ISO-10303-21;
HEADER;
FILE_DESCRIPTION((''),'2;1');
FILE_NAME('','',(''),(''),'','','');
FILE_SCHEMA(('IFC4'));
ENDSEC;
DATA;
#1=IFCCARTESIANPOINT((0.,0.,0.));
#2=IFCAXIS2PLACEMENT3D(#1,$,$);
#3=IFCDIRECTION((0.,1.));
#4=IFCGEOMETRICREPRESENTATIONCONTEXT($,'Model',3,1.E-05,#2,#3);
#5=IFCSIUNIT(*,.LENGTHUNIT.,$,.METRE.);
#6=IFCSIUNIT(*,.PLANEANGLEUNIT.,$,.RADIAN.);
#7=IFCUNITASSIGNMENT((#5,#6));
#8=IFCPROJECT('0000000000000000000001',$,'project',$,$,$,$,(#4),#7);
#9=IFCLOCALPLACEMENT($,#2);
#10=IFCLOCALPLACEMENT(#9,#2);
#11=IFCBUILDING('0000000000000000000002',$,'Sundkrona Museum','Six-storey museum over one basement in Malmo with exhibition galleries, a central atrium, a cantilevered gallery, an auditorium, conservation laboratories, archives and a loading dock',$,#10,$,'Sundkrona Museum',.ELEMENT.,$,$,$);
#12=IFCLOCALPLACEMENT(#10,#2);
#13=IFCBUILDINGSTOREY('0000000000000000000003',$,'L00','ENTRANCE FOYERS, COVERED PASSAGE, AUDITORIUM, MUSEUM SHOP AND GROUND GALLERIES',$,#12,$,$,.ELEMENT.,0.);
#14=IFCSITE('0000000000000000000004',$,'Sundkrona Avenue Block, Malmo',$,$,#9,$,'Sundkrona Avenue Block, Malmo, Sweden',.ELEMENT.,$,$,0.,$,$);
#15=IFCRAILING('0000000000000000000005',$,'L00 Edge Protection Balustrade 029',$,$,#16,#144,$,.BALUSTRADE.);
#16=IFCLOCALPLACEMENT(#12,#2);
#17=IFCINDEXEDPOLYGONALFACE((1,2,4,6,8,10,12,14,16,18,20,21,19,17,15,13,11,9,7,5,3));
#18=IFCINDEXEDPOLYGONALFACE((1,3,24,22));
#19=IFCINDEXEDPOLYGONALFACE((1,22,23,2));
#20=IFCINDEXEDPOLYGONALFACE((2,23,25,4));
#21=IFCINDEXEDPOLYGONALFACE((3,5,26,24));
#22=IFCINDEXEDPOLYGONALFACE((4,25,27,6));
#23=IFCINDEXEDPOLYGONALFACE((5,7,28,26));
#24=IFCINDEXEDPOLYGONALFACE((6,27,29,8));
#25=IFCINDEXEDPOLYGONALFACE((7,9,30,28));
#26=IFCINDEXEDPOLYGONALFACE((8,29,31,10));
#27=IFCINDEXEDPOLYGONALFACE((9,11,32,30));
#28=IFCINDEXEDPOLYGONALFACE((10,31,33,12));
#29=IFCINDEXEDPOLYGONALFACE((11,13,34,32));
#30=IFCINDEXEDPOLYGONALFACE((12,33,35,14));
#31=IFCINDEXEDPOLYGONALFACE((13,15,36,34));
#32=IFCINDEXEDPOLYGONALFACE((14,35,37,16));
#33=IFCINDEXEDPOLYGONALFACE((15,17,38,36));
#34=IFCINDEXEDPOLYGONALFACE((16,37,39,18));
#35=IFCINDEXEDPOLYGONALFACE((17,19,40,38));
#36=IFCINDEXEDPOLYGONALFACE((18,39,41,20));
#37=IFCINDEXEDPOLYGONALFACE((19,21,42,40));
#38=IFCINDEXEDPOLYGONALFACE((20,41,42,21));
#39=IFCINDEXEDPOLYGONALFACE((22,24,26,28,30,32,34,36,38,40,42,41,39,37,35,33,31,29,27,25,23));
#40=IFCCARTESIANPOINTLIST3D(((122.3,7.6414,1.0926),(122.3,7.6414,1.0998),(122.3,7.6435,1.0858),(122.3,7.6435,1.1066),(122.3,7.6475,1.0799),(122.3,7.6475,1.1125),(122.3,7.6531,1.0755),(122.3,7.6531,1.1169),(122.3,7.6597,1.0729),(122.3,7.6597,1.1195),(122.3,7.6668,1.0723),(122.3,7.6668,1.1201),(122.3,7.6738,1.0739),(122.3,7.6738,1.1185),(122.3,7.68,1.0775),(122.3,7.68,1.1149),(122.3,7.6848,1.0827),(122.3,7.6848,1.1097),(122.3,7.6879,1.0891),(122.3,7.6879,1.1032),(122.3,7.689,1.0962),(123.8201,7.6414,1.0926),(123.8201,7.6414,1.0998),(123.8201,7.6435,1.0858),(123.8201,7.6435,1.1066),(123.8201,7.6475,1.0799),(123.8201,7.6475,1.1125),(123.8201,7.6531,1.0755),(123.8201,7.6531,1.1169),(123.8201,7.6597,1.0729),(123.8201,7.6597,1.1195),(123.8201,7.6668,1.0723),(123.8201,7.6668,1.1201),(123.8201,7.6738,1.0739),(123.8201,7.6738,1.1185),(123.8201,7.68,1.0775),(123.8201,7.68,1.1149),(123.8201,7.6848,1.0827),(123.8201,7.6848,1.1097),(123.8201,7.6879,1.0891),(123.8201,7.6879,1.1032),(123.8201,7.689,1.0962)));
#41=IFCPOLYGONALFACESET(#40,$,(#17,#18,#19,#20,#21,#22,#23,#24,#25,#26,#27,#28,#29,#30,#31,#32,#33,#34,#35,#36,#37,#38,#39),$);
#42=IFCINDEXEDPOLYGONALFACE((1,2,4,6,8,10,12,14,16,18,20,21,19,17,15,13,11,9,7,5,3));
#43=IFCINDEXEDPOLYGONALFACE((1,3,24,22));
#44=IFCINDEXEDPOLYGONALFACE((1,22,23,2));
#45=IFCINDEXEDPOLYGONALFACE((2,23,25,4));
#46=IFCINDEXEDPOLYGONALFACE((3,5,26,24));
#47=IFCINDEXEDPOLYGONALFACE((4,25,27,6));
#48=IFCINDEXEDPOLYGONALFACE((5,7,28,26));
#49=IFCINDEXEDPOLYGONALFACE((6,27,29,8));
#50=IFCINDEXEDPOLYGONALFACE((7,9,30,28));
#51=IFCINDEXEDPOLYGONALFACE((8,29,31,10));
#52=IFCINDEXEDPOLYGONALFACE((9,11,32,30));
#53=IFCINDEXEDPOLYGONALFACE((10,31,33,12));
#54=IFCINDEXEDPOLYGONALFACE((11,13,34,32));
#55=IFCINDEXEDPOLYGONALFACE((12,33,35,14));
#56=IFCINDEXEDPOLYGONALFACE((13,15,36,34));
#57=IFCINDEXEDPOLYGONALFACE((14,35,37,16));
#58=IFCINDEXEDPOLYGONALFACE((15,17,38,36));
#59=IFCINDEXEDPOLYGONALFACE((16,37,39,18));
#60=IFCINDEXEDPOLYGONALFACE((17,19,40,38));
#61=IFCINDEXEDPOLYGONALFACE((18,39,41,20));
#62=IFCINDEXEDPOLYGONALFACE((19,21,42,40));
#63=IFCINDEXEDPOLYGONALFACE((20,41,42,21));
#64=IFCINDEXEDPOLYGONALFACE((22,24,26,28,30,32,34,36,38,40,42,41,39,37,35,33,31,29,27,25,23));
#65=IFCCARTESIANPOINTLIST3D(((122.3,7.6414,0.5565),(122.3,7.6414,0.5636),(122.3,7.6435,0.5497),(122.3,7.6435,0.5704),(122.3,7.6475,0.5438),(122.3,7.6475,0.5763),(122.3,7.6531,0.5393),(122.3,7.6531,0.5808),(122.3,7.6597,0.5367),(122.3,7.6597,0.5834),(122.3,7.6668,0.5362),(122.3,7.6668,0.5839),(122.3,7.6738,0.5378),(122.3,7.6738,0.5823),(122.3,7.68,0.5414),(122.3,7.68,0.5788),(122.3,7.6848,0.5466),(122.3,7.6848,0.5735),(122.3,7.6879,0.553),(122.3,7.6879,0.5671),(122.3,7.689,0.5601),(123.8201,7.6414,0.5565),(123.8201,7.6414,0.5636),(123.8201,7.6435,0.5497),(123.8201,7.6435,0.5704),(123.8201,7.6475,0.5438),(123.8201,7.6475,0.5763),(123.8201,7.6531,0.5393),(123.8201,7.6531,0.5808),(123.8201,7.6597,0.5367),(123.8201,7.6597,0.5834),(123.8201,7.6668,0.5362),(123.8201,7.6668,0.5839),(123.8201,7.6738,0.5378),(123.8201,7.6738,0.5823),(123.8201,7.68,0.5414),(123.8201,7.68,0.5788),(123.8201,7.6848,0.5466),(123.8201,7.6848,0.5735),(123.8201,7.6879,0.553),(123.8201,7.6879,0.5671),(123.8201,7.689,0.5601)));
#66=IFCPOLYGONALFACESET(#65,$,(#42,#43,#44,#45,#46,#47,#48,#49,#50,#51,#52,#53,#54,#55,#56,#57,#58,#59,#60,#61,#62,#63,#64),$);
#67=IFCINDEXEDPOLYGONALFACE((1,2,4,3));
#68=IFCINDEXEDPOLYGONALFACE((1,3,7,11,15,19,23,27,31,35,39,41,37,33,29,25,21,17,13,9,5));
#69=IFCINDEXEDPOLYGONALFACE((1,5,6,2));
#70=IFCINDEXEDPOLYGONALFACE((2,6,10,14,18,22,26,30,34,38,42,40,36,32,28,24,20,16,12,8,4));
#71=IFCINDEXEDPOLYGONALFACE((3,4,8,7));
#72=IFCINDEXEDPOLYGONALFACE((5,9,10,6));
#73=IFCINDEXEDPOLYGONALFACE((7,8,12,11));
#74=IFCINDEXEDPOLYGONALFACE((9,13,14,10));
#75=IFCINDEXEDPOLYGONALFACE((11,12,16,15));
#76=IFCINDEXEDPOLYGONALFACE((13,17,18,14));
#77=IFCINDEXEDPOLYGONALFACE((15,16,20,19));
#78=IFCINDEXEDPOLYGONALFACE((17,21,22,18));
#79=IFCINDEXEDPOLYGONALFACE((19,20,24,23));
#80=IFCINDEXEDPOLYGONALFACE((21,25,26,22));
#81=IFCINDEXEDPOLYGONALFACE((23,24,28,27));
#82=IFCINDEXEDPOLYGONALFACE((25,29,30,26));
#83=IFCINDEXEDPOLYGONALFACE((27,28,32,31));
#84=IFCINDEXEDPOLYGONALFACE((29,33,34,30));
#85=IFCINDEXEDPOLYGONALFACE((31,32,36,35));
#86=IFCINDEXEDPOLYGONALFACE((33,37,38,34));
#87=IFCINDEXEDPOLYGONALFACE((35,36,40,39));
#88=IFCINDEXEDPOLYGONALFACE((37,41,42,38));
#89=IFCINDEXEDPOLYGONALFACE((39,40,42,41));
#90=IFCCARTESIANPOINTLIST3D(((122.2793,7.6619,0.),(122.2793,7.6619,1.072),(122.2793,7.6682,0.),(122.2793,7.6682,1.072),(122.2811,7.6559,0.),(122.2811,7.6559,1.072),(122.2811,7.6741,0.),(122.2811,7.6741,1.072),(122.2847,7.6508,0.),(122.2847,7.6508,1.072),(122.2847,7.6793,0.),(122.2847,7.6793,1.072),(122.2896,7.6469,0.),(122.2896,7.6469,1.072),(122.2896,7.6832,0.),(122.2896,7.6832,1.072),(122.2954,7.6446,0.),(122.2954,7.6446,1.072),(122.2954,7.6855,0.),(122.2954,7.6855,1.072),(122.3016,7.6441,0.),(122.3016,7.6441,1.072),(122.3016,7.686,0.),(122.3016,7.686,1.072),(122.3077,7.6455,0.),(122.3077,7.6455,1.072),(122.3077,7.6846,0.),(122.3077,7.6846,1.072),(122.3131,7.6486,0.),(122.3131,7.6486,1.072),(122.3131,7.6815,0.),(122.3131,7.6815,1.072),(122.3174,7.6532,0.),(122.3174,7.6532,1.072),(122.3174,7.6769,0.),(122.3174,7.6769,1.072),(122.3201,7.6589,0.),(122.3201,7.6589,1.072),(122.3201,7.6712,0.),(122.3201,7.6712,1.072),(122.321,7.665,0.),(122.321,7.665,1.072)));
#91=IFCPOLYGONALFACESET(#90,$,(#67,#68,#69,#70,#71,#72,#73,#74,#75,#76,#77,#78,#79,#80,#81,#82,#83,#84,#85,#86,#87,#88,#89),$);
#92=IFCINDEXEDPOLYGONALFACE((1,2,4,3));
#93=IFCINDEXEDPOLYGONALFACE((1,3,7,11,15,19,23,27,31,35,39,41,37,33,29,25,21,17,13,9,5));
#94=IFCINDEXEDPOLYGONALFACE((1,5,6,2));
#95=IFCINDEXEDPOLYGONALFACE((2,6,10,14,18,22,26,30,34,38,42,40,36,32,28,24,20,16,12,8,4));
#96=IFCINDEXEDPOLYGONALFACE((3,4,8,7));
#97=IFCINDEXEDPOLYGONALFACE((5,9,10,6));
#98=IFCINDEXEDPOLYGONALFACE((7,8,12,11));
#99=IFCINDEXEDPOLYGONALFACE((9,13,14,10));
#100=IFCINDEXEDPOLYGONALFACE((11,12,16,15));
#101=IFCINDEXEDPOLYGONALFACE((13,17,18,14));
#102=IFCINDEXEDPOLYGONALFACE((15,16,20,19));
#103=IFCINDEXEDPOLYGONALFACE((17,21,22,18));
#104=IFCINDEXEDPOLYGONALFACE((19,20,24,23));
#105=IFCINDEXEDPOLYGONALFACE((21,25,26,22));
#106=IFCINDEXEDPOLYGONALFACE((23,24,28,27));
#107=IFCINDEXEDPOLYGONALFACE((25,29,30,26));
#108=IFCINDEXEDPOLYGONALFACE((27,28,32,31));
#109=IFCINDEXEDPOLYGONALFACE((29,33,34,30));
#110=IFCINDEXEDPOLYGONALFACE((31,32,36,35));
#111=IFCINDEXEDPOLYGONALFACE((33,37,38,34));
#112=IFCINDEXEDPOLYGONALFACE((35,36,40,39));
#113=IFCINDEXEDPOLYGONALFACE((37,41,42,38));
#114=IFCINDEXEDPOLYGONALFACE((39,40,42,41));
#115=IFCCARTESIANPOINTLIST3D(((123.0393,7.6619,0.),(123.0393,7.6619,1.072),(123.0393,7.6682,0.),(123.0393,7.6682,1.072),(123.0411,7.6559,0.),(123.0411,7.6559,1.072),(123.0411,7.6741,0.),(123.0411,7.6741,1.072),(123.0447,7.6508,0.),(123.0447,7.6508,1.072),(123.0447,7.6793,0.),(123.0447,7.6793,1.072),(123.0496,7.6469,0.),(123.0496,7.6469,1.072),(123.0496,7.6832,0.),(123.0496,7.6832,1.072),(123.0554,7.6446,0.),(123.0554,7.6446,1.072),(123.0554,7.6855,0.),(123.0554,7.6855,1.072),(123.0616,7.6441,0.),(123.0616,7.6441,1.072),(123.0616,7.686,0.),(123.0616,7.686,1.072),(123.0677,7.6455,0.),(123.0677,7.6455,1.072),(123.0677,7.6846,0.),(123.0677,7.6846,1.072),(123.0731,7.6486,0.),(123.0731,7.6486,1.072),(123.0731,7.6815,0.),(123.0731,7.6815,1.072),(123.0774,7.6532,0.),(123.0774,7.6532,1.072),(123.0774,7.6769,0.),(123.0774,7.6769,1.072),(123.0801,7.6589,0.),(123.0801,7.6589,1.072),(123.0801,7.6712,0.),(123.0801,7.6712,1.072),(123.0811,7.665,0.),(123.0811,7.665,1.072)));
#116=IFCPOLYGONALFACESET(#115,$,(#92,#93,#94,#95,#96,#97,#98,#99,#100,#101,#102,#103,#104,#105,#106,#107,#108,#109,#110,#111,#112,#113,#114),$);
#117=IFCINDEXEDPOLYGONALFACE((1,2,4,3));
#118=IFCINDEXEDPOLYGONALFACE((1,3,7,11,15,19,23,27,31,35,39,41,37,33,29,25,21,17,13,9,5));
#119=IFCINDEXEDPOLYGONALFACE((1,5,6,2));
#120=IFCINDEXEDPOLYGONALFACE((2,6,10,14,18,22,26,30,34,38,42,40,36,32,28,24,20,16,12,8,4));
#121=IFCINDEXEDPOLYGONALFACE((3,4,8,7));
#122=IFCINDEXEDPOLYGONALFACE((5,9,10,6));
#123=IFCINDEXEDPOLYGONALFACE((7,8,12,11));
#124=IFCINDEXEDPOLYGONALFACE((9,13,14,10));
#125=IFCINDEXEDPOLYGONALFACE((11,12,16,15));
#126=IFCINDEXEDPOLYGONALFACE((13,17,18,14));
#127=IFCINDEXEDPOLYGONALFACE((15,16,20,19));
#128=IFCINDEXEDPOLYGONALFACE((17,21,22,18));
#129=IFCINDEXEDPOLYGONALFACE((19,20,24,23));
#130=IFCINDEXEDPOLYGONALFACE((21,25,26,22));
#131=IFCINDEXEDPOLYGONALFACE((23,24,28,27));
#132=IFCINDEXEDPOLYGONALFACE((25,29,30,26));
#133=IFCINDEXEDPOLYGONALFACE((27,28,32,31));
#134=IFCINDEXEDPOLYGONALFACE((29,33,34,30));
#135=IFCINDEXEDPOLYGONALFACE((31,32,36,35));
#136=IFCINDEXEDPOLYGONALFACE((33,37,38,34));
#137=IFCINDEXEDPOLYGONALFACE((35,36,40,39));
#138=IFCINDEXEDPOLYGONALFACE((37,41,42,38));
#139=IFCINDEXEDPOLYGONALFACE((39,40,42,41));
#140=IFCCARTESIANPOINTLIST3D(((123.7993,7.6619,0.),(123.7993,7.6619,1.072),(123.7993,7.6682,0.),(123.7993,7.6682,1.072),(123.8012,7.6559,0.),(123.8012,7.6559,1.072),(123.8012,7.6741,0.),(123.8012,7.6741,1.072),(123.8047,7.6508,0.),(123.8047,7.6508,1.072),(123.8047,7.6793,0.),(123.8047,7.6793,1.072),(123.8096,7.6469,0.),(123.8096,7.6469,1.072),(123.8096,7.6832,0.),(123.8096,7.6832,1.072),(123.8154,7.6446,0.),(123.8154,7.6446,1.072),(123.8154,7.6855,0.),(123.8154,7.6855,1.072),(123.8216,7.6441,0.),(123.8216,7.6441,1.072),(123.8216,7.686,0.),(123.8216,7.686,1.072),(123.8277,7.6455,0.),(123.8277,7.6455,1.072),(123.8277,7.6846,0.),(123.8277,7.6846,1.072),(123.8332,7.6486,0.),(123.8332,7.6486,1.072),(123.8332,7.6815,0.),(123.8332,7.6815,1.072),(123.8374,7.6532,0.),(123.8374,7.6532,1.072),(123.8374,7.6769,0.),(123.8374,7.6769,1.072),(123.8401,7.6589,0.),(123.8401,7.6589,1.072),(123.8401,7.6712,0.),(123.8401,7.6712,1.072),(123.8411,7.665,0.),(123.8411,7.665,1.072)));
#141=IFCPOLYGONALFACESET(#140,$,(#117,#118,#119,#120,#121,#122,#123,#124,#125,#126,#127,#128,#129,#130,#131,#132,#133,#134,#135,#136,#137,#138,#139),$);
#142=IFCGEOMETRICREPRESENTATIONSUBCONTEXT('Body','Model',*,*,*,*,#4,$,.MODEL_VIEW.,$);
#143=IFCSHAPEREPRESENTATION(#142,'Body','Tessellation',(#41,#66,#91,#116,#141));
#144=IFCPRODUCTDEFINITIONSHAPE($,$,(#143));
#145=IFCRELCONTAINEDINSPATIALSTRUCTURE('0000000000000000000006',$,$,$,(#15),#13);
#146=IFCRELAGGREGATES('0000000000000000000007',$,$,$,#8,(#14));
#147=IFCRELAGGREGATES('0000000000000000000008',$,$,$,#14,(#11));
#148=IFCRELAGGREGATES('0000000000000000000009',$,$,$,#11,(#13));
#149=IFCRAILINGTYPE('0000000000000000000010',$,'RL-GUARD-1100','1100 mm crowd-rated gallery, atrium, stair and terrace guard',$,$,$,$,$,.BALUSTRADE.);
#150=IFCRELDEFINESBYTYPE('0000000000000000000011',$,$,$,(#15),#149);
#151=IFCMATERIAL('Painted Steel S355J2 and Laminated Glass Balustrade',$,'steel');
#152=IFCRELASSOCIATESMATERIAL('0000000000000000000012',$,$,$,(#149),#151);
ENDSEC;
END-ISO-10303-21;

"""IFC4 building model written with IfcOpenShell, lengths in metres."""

from ifc_helpers import new_model, si_unit, direction, frame, origin, origin_2d, place, context, subcontext, project, spatial, circle, extrude, material, type_object, element, save


model = new_model("IFC4")

# Units and contexts
model_context = context("Model", 3, precision=1e-05, world=origin(), true_north=direction((0.0, 1.0)))
body_context = subcontext(model_context, "Body", "Model", "MODEL_VIEW")
ifc_project = project(units=[si_unit("LENGTHUNIT", "METRE"), si_unit("PLANEANGLEUNIT", "RADIAN")], contexts=[model_context])

# Site, building, storey
site_placement = place(None, origin())
site = spatial("IfcSite", under=ifc_project, at=site_placement, Name="Sundkrona Avenue Block, Malmo", LongName="Sundkrona Avenue Block, Malmo, Sweden", CompositionType="ELEMENT", RefElevation=0.0)
building_placement = place(site_placement, origin())
building = spatial("IfcBuilding", under=site, at=building_placement, Name="Sundkrona Museum", Description="Six-storey museum over one basement in Malmo with exhibition galleries, a central atrium, a cantilevered gallery, an auditorium, conservation laboratories, archives and a loading dock", LongName="Sundkrona Museum", CompositionType="ELEMENT")
storey_placement = place(building_placement, origin())
storey = spatial("IfcBuildingStorey", under=building, at=storey_placement, Name="L00", Description="ENTRANCE FOYERS, COVERED PASSAGE, AUDITORIUM, MUSEUM SHOP AND GROUND GALLERIES", CompositionType="ELEMENT", Elevation=0.0)

# Railing
ifc_material_1 = material(Name="Painted Steel S355J2 and Laminated Glass Balustrade", Category="steel")
railing_type_1 = type_object("IfcRailingType", Name="RL-GUARD-1100", Description="1100 mm crowd-rated gallery, atrium, stair and terrace guard", PredefinedType="BALUSTRADE", material=ifc_material_1)
for number, where, name in (
    (1, (122.3, 7.665, 0.0), "L00 Edge Protection Balustrade 029"),
):
    element("IfcRailing", number, at=place(storey_placement, frame(where)), inside=storey, type_object=railing_type_1, Name=name, PredefinedType="BALUSTRADE", context=body_context, shape_type="SweptSolid", body=[
        extrude(circle(Radius=0.0239, at=origin_2d()), frame((0.0, 0.0, 1.0962), z_axis=(1.0, 0.0, 0.0), x_axis=(0.0, 1.0, 0.0)), (0.0, 0.0, 1.0), 1.52),
        extrude(circle(Radius=0.0239, at=origin_2d()), frame((0.0, 0.0, 0.5601), z_axis=(1.0, 0.0, 0.0), x_axis=(0.0, 1.0, 0.0)), (0.0, 0.0, 1.0), 1.52),
        extrude(circle(Radius=0.021, at=origin_2d()), origin(), (0.0, 0.0, 1.0), 1.072),
        extrude(circle(Radius=0.021, at=origin_2d()), frame((0.76, 0.0, 0.0)), (0.0, 0.0, 1.0), 1.072),
        extrude(circle(Radius=0.021, at=origin_2d()), frame((1.52, 0.0, 0.0)), (0.0, 0.0, 1.0), 1.072),
    ])

save(model, "model.ifc")
